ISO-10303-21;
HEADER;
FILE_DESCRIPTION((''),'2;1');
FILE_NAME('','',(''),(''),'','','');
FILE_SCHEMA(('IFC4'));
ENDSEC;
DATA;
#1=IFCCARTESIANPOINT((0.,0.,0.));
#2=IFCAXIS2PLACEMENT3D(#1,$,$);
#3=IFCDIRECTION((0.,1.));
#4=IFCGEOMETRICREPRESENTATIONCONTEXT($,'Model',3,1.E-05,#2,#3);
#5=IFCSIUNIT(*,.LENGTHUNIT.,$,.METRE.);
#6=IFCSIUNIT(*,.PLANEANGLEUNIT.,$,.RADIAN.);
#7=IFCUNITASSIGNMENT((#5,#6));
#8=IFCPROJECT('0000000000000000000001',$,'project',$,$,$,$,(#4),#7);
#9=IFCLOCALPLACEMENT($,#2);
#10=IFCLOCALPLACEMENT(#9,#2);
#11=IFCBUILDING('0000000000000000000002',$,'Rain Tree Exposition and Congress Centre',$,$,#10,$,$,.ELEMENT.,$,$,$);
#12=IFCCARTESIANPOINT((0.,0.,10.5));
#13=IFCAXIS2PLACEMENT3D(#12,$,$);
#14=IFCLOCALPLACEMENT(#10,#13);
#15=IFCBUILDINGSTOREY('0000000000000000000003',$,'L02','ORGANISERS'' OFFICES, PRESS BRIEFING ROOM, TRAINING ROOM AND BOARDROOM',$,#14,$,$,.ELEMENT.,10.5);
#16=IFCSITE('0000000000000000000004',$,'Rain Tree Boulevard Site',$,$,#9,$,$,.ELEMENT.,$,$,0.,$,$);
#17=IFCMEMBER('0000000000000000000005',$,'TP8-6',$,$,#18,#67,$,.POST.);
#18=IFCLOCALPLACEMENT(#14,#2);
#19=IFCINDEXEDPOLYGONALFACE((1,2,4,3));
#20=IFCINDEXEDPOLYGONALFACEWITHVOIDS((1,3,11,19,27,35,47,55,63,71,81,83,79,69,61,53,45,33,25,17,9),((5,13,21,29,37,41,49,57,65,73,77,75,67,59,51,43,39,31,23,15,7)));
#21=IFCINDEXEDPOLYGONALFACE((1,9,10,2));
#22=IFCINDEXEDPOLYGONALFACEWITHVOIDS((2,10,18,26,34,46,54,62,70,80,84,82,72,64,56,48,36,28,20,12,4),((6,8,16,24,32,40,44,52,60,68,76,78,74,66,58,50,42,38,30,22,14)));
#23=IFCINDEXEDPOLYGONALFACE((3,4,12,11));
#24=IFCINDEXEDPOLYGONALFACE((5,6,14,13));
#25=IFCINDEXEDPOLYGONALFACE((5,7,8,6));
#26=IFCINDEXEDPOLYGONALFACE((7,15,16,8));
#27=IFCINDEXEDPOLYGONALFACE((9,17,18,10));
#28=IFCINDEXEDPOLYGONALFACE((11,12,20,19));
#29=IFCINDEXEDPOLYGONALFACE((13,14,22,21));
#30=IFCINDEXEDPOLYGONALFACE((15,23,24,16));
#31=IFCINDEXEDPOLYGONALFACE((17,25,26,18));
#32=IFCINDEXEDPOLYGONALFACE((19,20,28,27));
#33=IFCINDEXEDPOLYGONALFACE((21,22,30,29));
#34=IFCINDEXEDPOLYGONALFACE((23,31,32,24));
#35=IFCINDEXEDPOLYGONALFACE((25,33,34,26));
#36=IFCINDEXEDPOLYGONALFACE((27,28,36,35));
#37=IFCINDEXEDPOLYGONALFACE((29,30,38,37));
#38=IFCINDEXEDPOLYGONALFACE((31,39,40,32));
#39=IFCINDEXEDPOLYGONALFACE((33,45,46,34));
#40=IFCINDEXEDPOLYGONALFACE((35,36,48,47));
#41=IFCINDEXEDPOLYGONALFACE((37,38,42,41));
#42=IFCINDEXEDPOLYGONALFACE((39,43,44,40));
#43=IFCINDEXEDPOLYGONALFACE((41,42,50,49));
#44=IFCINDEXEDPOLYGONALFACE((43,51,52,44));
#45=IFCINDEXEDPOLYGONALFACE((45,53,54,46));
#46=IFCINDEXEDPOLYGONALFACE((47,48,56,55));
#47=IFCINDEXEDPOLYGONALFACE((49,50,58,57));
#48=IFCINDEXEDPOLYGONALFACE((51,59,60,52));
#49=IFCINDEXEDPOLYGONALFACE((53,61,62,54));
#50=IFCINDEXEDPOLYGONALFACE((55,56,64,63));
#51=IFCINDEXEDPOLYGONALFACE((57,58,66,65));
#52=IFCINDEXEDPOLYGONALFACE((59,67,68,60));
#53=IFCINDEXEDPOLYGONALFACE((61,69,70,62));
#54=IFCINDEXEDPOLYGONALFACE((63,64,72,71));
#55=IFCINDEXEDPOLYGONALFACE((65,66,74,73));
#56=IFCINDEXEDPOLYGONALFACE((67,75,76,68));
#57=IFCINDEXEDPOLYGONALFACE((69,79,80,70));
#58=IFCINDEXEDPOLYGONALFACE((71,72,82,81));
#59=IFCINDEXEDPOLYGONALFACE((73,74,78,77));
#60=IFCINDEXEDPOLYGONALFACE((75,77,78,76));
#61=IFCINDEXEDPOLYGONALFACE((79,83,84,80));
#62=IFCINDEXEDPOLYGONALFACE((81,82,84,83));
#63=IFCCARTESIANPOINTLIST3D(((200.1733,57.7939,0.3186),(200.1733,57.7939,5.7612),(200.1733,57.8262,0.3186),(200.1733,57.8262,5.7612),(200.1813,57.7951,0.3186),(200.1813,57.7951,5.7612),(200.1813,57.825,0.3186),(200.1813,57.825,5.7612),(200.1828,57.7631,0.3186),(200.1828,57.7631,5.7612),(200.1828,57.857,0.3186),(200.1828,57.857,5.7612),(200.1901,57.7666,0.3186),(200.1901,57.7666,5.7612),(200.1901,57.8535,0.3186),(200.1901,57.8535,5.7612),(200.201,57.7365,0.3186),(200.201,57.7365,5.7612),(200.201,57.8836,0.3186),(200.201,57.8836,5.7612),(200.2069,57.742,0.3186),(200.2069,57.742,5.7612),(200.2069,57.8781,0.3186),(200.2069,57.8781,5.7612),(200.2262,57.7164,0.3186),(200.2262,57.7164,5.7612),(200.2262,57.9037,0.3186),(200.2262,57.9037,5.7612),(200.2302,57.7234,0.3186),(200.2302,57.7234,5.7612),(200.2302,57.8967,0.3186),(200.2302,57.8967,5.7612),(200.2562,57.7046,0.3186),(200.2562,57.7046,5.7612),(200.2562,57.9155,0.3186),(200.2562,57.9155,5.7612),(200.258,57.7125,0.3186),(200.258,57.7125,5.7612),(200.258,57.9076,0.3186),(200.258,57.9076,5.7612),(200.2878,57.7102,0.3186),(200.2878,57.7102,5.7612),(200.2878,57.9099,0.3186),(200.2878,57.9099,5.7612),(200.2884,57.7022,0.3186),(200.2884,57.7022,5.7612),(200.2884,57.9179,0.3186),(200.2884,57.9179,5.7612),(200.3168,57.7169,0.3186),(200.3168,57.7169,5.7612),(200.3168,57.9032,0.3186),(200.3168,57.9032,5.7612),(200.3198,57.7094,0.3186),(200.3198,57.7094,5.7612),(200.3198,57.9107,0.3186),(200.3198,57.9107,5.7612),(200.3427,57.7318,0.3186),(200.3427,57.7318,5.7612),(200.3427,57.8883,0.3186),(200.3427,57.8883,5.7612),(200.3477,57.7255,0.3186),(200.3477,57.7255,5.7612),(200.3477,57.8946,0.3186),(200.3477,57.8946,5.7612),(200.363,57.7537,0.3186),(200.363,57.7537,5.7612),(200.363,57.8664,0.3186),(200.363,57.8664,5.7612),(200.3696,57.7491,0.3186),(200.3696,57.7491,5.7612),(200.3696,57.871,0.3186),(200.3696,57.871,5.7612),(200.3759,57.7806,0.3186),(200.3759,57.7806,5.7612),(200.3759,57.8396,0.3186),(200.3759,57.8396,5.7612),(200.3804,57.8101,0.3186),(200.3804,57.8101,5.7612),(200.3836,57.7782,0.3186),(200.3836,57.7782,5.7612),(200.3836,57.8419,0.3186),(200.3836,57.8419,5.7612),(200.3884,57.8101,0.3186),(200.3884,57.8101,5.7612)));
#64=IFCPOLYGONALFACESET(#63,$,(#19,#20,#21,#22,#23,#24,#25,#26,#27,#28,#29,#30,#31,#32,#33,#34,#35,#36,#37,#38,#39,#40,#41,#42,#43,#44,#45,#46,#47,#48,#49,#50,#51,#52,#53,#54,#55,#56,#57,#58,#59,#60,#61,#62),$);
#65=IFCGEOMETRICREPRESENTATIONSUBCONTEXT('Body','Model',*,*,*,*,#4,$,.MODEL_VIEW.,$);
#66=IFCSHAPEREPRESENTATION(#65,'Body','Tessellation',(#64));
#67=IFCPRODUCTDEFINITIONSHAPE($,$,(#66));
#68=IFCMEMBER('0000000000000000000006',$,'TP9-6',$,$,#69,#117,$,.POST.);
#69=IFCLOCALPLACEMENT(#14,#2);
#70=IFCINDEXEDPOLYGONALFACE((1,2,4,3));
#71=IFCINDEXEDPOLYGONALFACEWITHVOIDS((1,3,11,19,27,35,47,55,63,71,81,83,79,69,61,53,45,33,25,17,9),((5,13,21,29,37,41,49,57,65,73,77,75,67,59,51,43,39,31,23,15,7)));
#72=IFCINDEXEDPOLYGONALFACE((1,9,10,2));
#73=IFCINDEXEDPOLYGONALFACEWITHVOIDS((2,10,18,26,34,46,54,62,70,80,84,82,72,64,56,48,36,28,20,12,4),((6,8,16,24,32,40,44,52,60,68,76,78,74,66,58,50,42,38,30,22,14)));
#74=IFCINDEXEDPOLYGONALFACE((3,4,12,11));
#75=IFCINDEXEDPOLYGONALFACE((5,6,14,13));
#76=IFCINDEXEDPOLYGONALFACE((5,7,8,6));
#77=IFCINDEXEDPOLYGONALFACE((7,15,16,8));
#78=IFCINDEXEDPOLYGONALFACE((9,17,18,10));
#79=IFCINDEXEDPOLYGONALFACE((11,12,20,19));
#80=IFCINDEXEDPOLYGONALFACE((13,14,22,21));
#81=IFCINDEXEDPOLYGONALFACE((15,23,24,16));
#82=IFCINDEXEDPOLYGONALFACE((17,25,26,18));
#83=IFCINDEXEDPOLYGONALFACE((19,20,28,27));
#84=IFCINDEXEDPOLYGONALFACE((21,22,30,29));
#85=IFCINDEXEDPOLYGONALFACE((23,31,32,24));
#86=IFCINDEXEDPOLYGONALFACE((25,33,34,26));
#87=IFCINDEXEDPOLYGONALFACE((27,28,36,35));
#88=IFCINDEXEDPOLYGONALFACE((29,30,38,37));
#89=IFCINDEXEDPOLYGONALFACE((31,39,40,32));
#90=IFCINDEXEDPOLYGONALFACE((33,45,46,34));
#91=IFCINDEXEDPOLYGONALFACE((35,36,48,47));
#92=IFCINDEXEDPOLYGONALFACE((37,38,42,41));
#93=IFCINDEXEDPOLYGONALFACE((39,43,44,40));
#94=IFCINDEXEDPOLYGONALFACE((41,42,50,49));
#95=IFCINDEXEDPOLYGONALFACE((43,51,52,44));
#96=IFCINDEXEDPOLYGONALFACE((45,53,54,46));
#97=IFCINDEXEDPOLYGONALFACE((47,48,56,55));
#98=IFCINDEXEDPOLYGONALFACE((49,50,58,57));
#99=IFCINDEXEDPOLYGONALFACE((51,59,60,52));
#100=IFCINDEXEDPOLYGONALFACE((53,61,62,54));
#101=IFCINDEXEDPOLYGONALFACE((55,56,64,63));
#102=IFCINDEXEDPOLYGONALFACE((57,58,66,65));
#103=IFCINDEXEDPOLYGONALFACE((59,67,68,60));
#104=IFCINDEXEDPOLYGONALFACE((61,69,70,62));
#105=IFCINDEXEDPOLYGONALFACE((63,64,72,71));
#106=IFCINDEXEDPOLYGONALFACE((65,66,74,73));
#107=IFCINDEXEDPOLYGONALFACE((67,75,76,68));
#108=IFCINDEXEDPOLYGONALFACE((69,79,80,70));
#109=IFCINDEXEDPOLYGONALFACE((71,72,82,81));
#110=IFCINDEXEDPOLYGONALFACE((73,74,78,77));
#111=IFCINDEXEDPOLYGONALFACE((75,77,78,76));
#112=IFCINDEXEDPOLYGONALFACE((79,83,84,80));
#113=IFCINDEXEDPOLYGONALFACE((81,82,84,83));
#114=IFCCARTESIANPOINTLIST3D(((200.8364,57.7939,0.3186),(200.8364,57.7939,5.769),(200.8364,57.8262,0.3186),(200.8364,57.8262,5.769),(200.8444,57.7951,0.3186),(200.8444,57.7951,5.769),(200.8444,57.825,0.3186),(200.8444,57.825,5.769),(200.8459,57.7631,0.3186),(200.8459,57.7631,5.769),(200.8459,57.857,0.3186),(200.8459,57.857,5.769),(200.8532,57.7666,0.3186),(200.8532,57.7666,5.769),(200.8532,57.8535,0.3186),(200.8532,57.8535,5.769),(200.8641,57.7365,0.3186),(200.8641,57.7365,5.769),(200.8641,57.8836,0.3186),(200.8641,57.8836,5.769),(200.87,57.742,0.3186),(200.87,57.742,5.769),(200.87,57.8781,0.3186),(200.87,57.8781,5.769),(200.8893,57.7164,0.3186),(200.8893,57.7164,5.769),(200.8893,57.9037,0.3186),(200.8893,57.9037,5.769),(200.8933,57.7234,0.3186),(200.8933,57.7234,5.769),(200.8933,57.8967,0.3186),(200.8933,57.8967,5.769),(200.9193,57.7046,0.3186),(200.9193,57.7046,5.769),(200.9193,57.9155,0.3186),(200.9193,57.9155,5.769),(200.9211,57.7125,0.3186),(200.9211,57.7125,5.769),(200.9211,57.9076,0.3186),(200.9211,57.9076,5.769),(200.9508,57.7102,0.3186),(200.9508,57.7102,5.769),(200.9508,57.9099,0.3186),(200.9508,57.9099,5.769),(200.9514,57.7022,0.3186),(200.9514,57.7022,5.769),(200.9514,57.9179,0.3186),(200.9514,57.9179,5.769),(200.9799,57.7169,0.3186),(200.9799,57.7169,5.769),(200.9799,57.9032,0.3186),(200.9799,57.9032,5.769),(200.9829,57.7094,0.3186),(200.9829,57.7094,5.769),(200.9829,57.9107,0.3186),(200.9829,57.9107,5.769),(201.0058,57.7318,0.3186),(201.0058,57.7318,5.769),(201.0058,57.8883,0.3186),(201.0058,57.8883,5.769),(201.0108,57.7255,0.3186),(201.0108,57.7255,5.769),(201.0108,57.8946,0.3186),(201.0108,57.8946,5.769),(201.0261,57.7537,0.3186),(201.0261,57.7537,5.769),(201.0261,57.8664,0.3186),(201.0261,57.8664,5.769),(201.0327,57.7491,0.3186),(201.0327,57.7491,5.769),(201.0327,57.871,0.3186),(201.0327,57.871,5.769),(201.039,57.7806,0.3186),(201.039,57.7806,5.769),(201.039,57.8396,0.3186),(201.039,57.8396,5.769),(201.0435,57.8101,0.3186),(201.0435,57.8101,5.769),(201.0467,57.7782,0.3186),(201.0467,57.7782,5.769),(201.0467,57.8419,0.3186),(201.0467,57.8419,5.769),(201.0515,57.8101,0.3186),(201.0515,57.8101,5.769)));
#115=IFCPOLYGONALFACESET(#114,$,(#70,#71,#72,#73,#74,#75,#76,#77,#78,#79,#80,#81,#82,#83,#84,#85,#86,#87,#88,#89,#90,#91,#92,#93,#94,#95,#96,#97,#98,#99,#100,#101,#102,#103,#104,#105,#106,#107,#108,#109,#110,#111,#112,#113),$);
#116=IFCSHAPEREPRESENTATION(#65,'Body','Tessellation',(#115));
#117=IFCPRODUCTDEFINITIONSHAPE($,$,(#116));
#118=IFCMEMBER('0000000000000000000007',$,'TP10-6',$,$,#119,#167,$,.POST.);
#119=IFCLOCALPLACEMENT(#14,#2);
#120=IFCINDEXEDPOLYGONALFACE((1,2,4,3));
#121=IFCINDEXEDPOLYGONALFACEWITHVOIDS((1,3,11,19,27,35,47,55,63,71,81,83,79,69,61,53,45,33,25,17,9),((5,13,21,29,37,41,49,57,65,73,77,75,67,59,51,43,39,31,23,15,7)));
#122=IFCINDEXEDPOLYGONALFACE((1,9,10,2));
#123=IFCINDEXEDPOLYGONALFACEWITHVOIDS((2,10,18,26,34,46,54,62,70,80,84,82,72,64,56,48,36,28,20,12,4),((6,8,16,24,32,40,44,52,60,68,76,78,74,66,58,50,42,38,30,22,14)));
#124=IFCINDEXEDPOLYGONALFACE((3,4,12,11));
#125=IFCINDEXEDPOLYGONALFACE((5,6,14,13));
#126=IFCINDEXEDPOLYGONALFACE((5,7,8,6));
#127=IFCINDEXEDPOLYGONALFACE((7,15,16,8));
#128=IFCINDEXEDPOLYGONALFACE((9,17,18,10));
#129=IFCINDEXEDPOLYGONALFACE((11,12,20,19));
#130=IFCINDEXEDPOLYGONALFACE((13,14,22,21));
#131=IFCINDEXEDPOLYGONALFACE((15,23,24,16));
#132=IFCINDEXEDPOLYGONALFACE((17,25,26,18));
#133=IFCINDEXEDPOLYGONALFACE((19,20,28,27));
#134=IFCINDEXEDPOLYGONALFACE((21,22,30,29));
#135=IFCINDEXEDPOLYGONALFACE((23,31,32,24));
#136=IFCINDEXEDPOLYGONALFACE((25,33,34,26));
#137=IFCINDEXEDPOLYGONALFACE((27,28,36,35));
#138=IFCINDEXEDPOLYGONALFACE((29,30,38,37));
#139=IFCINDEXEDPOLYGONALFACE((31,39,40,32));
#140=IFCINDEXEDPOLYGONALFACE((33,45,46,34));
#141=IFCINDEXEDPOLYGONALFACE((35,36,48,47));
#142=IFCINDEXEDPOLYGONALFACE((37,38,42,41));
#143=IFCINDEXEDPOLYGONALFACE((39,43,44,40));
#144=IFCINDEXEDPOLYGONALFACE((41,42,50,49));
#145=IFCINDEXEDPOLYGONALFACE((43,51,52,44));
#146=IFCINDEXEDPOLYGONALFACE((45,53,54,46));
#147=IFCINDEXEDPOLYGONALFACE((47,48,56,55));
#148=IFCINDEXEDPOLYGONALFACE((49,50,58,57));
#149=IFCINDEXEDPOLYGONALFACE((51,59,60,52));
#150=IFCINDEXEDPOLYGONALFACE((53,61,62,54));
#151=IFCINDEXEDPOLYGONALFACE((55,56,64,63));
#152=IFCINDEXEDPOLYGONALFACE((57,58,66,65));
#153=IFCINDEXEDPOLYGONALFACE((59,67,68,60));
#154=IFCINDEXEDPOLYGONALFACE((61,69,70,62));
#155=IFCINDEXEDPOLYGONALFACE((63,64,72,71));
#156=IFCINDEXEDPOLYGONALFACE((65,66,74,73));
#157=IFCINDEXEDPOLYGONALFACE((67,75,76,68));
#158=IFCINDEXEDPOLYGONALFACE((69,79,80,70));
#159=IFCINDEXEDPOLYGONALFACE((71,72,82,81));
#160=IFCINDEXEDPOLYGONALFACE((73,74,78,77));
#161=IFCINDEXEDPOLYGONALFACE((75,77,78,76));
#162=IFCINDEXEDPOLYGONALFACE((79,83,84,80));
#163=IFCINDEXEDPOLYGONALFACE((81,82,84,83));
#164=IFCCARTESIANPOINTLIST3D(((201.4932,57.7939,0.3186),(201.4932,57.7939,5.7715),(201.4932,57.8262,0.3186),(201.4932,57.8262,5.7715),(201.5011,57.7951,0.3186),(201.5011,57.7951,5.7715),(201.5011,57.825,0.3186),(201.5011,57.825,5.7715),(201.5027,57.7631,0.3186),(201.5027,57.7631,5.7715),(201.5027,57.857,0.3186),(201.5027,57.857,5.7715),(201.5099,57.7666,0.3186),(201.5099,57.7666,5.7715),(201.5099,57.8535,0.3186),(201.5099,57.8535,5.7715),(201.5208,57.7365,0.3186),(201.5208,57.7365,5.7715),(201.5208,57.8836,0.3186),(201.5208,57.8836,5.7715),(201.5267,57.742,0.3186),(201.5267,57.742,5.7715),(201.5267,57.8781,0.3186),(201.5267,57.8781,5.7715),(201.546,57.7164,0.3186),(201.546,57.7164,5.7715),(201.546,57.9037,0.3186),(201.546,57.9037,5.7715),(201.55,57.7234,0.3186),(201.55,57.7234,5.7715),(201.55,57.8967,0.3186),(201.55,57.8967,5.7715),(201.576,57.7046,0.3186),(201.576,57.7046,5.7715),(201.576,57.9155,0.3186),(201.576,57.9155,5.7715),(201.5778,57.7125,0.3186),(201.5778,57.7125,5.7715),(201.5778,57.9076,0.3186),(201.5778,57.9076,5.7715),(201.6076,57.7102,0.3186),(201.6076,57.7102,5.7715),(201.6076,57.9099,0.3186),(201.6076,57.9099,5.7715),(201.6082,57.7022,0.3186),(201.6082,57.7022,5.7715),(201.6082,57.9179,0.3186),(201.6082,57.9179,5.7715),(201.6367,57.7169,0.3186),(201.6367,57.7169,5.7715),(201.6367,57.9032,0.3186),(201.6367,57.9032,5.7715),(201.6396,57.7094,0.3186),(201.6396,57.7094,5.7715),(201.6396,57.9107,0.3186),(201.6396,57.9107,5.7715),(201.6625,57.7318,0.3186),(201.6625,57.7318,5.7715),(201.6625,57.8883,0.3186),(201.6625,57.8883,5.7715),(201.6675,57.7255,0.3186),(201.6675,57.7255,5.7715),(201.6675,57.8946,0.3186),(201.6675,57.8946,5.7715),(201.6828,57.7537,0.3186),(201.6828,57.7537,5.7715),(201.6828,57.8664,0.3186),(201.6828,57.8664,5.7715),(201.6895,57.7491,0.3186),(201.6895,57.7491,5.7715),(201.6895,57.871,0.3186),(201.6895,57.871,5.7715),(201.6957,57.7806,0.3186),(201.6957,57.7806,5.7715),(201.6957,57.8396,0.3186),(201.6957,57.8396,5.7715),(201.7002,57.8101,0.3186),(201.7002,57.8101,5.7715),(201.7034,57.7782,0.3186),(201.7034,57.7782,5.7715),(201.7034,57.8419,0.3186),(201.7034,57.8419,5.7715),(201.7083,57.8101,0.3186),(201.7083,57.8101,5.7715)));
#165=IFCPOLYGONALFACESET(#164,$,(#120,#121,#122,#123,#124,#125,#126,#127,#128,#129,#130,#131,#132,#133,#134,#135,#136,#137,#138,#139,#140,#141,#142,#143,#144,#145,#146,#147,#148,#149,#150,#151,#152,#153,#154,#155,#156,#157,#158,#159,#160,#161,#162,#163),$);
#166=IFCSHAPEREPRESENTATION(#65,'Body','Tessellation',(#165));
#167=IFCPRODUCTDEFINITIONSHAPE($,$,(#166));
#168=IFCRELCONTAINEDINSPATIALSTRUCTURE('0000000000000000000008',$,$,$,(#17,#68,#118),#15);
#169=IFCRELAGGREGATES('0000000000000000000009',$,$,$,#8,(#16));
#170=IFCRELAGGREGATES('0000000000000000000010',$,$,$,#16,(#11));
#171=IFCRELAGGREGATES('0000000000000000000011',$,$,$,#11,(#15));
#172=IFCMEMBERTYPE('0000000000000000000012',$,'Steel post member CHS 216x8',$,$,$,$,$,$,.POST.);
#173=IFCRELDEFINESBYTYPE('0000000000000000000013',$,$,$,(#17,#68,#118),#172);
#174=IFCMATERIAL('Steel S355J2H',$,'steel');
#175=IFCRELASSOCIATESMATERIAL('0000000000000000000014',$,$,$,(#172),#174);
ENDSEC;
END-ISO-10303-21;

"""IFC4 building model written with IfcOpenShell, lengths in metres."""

from ifc_helpers import new_model, si_unit, direction, frame, origin, origin_2d, place, context, subcontext, project, spatial, hollow_circle, extrude, material, material_profile, profile_set, type_object, element, save


model = new_model("IFC4")

# Units and contexts
model_context = context("Model", 3, precision=1e-05, world=origin(), true_north=direction((0.0, 1.0)))
body_context = subcontext(model_context, "Body", "Model", "MODEL_VIEW")
ifc_project = project(units=[si_unit("LENGTHUNIT", "METRE"), si_unit("PLANEANGLEUNIT", "RADIAN")], contexts=[model_context])

# Site, building, storey
site_placement = place(None, origin())
site = spatial("IfcSite", under=ifc_project, at=site_placement, Name="Rain Tree Boulevard Site", CompositionType="ELEMENT", RefElevation=0.0)
building_placement = place(site_placement, origin())
building = spatial("IfcBuilding", under=site, at=building_placement, Name="Rain Tree Exposition and Congress Centre", CompositionType="ELEMENT")
storey_placement = place(building_placement, frame((0.0, 0.0, 10.5)))
storey = spatial("IfcBuildingStorey", under=building, at=storey_placement, Name="L02", Description="ORGANISERS' OFFICES, PRESS BRIEFING ROOM, TRAINING ROOM AND BOARDROOM", CompositionType="ELEMENT", Elevation=10.5)

# Members
ifc_material_1 = material(Name="Steel S355J2H", Category="steel")
ifc_material_profile_1 = material_profile(ifc_material_1, hollow_circle(Radius=0.1082, WallThickness=0.0081, at=origin_2d()), Name="CHS 216x8")
ifc_profile_set_1 = profile_set([ifc_material_profile_1], Name="Steel S355J2H")
member_type_1 = type_object("IfcMemberType", Name="Steel post member CHS 216x8", PredefinedType="POST", material=ifc_profile_set_1)
member_1_placement = place(storey_placement, frame((200.2803, 57.8101, 0.3186), z_axis=(0.0, 0.0, 1.0), x_axis=(1.0, 0.0, 0.0)))
element("IfcMember", 1, at=member_1_placement, inside=storey, type_object=member_type_1, Name="TP8-6", PredefinedType="POST", context=body_context, shape_type="SweptSolid", body=[
    extrude(hollow_circle(Radius=0.1082, WallThickness=0.0081, at=origin_2d()), origin(), (0.0, 0.0, 1.0), 5.4426),
])
member_2_placement = place(storey_placement, frame((200.9434, 57.8101, 0.3186), z_axis=(0.0, 0.0, 1.0), x_axis=(1.0, 0.0, 0.0)))
element("IfcMember", 2, at=member_2_placement, inside=storey, type_object=member_type_1, Name="TP9-6", PredefinedType="POST", context=body_context, shape_type="SweptSolid", body=[
    extrude(hollow_circle(Radius=0.1082, WallThickness=0.0081, at=origin_2d()), origin(), (0.0, 0.0, 1.0), 5.4504),
])
member_3_placement = place(storey_placement, frame((201.6001, 57.8101, 0.3186), z_axis=(0.0, 0.0, 1.0), x_axis=(1.0, 0.0, 0.0)))
element("IfcMember", 3, at=member_3_placement, inside=storey, type_object=member_type_1, Name="TP10-6", PredefinedType="POST", context=body_context, shape_type="SweptSolid", body=[
    extrude(hollow_circle(Radius=0.1082, WallThickness=0.0081, at=origin_2d()), origin(), (0.0, 0.0, 1.0), 5.4529),
])

save(model, "model.ifc")
